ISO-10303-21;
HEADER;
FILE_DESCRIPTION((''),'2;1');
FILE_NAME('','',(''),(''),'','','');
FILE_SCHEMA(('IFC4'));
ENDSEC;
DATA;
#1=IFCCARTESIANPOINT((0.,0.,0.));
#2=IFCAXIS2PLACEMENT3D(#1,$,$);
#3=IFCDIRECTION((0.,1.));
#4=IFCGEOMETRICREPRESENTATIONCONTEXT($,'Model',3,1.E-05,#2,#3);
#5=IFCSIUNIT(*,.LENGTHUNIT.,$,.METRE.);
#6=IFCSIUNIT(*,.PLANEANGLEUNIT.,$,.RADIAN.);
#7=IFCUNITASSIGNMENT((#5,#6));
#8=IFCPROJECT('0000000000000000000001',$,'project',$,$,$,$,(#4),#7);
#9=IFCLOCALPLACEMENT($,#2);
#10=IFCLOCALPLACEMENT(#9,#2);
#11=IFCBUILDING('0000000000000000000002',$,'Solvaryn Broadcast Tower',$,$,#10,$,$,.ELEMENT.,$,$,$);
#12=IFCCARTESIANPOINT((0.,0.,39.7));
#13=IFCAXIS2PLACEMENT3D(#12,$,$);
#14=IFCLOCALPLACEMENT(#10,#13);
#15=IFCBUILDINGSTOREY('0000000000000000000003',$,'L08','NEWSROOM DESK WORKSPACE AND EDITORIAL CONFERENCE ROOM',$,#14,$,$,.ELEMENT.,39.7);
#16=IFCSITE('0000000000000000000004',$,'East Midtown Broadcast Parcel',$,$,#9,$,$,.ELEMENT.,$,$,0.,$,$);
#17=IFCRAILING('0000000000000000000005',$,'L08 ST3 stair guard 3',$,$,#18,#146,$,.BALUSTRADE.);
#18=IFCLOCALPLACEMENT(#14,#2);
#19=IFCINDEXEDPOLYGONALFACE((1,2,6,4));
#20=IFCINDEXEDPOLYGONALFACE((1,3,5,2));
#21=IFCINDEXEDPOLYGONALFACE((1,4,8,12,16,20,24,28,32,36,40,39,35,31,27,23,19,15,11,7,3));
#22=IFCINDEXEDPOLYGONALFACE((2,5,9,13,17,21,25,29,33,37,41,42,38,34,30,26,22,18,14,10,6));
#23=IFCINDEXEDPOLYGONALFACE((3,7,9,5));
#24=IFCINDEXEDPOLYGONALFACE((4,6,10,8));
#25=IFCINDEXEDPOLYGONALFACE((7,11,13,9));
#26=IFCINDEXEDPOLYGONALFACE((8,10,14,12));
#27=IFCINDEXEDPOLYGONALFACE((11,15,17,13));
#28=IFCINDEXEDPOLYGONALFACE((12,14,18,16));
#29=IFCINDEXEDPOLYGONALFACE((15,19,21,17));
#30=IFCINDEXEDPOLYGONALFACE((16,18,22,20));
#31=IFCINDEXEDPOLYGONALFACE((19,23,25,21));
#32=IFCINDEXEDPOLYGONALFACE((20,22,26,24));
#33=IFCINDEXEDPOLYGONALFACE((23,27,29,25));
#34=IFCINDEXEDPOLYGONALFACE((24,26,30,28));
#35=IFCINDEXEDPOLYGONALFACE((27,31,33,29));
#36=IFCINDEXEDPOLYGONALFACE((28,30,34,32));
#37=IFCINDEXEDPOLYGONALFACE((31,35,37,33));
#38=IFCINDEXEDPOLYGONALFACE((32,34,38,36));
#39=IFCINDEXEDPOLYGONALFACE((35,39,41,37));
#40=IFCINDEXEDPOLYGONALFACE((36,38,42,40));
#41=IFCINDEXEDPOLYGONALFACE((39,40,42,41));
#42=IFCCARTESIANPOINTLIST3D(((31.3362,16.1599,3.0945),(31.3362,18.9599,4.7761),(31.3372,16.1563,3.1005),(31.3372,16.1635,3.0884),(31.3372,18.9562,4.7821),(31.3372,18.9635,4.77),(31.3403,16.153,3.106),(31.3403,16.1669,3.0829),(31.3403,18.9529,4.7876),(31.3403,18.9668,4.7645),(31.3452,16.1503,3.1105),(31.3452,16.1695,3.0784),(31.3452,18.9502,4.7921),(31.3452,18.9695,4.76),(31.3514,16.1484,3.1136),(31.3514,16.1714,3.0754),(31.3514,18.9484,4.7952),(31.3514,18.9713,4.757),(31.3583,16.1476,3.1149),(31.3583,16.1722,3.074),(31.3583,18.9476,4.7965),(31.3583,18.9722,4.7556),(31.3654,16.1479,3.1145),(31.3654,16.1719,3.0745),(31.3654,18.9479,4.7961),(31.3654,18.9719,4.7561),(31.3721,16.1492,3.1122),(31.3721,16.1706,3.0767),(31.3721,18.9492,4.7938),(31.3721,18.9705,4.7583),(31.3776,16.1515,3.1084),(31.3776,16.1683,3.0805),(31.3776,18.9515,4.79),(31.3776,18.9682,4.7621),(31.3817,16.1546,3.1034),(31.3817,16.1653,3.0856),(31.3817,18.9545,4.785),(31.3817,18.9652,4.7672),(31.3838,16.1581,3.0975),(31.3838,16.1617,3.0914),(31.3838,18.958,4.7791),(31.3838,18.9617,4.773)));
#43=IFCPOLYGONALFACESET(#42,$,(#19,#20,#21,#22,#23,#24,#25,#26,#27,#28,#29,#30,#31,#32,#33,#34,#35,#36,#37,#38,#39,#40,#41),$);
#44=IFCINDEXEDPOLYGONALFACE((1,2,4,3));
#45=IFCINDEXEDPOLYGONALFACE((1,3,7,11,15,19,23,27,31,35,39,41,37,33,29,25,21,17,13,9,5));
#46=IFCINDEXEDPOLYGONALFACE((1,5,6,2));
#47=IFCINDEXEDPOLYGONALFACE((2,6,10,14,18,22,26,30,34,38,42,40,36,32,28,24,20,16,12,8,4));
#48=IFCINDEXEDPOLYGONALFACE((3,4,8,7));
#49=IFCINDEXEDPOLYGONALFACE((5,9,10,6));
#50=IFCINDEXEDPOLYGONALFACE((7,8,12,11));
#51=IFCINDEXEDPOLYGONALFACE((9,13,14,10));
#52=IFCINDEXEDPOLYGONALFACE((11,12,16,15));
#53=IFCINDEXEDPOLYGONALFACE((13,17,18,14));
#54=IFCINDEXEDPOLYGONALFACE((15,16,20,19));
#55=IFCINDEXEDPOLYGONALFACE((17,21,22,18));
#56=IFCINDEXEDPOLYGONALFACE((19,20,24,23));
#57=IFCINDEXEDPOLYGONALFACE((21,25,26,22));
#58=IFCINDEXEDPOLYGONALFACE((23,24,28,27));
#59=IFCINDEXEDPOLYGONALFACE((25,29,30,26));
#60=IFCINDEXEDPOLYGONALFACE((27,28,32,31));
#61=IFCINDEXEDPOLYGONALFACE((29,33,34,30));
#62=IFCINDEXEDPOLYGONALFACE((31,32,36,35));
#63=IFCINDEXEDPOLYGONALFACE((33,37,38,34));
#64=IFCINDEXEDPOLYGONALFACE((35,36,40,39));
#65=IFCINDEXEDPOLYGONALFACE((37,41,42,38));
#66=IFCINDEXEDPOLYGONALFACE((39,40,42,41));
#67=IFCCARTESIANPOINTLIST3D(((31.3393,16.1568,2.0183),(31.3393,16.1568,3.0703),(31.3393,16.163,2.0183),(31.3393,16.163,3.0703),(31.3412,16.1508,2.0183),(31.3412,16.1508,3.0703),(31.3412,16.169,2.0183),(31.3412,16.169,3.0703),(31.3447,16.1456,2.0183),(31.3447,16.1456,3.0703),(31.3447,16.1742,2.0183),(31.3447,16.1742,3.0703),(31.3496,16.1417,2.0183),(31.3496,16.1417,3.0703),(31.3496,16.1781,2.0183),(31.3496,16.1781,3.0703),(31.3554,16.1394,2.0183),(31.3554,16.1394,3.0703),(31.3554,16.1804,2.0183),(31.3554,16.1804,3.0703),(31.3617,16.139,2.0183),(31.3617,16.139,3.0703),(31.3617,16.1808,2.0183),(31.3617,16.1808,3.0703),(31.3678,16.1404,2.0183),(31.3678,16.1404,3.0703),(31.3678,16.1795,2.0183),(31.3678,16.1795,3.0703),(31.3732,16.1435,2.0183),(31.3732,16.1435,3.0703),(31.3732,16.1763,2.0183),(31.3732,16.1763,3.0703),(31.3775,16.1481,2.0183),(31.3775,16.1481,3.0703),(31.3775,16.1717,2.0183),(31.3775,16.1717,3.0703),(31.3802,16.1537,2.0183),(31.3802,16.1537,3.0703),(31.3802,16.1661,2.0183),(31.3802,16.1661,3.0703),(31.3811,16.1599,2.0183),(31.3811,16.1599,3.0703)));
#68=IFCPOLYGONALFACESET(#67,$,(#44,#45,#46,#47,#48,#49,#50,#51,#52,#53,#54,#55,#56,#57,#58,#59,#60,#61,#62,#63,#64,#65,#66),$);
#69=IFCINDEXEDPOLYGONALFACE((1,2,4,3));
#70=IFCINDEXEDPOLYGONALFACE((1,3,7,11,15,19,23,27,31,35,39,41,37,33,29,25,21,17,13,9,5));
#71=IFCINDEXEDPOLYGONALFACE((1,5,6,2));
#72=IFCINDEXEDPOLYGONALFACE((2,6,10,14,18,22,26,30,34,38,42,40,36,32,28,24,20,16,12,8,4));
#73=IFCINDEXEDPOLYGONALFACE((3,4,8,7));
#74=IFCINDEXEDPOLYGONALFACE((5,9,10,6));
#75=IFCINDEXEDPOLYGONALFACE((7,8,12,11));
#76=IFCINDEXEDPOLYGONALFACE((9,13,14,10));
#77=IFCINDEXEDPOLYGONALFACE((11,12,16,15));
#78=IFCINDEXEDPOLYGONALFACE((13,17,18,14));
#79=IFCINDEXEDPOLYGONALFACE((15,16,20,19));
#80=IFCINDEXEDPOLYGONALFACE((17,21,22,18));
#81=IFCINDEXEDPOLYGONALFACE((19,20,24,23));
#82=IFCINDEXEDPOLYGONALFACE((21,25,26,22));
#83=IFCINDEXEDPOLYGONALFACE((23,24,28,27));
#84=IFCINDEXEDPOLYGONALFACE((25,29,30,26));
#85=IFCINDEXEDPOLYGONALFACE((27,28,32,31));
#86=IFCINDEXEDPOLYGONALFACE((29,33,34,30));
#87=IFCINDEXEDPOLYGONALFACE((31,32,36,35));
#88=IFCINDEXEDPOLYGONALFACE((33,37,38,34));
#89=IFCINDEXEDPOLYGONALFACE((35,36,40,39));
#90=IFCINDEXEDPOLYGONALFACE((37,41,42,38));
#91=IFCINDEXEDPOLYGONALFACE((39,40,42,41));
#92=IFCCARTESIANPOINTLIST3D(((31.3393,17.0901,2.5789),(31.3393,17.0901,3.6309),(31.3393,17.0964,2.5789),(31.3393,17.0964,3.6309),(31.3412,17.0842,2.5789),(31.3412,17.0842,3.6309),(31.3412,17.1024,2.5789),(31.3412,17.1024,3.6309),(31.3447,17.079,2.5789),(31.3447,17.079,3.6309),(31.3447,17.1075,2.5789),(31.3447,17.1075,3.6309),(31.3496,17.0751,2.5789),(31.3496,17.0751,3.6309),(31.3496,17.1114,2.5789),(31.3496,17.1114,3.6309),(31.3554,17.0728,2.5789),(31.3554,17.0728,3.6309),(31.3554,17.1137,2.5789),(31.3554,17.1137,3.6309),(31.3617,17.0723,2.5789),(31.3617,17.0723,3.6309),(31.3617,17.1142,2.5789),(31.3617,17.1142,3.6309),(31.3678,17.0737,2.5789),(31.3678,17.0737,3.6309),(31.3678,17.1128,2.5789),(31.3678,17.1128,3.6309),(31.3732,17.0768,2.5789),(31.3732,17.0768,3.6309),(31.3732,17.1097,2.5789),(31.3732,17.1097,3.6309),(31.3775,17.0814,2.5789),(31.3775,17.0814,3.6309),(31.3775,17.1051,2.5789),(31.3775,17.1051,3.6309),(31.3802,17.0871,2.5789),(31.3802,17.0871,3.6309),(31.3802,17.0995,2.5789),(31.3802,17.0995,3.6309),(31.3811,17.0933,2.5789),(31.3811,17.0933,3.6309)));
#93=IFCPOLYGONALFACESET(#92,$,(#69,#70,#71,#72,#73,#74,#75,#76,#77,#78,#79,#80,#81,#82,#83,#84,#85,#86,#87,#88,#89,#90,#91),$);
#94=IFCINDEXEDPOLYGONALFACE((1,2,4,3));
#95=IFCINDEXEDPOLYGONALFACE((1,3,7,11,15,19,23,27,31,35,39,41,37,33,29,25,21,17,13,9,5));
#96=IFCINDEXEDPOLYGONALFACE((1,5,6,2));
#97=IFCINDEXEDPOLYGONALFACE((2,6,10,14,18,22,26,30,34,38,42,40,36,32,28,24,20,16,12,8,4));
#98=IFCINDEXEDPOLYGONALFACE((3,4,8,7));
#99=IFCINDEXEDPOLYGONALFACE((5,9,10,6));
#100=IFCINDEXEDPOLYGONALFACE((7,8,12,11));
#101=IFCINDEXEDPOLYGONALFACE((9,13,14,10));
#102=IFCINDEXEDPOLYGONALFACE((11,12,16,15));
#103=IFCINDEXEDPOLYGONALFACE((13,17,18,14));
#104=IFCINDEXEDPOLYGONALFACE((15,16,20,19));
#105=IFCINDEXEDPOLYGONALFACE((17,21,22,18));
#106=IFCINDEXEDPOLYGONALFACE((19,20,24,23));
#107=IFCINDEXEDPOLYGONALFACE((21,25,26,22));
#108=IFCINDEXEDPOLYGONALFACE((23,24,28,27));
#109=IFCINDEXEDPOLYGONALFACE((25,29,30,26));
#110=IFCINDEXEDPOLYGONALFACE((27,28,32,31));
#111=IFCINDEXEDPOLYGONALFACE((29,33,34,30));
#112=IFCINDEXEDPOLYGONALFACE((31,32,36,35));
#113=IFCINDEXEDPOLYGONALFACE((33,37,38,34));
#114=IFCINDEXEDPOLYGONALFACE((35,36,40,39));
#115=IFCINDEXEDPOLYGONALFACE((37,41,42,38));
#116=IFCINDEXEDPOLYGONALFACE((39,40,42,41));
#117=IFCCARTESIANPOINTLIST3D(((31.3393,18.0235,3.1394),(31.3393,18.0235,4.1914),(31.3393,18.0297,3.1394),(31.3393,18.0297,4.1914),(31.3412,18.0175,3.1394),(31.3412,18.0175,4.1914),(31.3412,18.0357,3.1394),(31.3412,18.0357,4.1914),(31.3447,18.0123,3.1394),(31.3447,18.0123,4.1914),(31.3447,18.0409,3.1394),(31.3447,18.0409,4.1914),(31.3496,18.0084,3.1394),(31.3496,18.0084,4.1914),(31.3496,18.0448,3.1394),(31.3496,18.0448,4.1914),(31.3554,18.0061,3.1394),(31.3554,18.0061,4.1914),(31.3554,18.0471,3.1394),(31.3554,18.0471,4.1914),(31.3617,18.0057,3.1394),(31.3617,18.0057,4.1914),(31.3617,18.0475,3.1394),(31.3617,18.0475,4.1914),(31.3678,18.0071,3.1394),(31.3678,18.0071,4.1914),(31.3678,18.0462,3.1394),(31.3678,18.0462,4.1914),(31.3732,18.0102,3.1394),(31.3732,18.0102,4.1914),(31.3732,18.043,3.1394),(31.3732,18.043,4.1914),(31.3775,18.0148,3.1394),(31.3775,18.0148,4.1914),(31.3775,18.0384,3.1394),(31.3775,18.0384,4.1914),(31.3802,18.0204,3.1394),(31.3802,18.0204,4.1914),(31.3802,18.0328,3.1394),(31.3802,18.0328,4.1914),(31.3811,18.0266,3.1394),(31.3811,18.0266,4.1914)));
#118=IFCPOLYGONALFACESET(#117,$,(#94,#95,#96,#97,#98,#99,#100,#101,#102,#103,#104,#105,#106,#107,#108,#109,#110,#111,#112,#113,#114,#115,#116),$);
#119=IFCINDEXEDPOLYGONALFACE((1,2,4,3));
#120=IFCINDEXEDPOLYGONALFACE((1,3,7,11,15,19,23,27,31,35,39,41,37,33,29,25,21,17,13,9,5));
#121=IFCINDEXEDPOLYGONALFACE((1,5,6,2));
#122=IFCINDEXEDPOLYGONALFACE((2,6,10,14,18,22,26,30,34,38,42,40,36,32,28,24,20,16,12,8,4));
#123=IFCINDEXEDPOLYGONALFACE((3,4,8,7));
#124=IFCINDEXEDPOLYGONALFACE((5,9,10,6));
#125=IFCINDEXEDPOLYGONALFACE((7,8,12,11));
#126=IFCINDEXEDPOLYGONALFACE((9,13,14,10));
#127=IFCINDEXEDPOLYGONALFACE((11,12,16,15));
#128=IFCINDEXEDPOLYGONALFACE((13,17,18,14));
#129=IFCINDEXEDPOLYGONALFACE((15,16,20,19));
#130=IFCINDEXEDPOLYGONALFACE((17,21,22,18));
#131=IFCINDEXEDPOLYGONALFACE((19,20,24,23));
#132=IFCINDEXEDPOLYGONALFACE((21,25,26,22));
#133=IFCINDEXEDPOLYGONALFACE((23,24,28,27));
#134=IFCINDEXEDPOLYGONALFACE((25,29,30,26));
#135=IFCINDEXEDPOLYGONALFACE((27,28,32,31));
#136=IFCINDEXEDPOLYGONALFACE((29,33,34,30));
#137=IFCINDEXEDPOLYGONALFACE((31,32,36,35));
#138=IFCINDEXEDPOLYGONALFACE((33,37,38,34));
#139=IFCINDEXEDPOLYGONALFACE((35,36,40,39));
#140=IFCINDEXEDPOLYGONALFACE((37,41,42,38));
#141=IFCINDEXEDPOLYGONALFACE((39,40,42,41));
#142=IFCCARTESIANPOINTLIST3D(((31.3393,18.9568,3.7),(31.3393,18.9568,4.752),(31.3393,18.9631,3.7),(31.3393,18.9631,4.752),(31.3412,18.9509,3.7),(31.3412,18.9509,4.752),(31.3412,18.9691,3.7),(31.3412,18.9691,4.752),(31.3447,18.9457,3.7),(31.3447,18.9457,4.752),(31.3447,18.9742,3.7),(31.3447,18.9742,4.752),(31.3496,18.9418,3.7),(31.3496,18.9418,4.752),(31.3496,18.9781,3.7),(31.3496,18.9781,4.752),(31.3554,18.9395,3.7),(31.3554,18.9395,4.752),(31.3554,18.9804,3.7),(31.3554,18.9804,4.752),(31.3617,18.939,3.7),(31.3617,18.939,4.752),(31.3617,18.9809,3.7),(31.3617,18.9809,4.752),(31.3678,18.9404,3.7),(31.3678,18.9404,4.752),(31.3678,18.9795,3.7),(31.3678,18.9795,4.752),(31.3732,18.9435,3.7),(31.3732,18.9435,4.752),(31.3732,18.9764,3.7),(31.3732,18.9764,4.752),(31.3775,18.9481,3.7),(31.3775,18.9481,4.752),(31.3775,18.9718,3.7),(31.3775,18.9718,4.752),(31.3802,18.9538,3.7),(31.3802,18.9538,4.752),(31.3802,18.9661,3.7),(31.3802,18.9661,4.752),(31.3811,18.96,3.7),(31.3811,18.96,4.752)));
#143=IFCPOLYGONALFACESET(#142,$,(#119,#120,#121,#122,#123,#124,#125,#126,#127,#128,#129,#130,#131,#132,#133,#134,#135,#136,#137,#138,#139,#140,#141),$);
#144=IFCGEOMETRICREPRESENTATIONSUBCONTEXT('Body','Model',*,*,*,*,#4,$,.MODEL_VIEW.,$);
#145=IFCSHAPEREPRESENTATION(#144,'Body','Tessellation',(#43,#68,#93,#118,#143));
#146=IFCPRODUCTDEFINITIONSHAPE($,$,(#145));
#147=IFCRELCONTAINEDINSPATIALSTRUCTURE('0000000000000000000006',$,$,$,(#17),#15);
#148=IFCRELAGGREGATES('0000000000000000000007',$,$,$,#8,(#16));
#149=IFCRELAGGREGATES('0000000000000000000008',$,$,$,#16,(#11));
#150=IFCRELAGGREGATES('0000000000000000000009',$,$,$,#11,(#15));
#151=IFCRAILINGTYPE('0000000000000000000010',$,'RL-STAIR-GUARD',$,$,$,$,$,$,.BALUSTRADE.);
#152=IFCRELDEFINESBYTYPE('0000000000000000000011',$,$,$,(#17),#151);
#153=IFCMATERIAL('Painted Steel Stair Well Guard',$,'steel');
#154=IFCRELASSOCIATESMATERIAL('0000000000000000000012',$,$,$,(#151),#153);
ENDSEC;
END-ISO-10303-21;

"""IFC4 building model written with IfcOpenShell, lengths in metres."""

from ifc_helpers import new_model, si_unit, direction, frame, origin, origin_2d, place, context, subcontext, project, spatial, circle, extrude, material, type_object, element, save


model = new_model("IFC4")

# Units and contexts
model_context = context("Model", 3, precision=1e-05, world=origin(), true_north=direction((0.0, 1.0)))
body_context = subcontext(model_context, "Body", "Model", "MODEL_VIEW")
ifc_project = project(units=[si_unit("LENGTHUNIT", "METRE"), si_unit("PLANEANGLEUNIT", "RADIAN")], contexts=[model_context])

# Site, building, storey
site_placement = place(None, origin())
site = spatial("IfcSite", under=ifc_project, at=site_placement, Name="East Midtown Broadcast Parcel", CompositionType="ELEMENT", RefElevation=0.0)
building_placement = place(site_placement, origin())
building = spatial("IfcBuilding", under=site, at=building_placement, Name="Solvaryn Broadcast Tower", CompositionType="ELEMENT")
storey_placement = place(building_placement, frame((0.0, 0.0, 39.7)))
storey = spatial("IfcBuildingStorey", under=building, at=storey_placement, Name="L08", Description="NEWSROOM DESK WORKSPACE AND EDITORIAL CONFERENCE ROOM", CompositionType="ELEMENT", Elevation=39.7)

# Railing
ifc_material_1 = material(Name="Painted Steel Stair Well Guard", Category="steel")
railing_type_1 = type_object("IfcRailingType", Name="RL-STAIR-GUARD", PredefinedType="BALUSTRADE", material=ifc_material_1)
railing_1_placement = place(storey_placement, frame((31.3601, 16.1599, 2.0183)))
element("IfcRailing", 1, at=railing_1_placement, inside=storey, type_object=railing_type_1, Name="L08 ST3 stair guard 3", PredefinedType="BALUSTRADE", context=body_context, shape_type="SweptSolid", body=[
    extrude(circle(Radius=0.0239, at=origin_2d()), frame((0.0, 0.0, 1.0762), z_axis=(0.0, 0.857275, 0.514858), x_axis=(-1.0, 0.0, 0.0)), (0.0, 0.0, 1.0), 3.2661),
    extrude(circle(Radius=0.021, at=origin_2d()), origin(), (0.0, 0.0, 1.0), 1.052),
    extrude(circle(Radius=0.021, at=origin_2d()), frame((0.0, 0.9333, 0.5605)), (0.0, 0.0, 1.0), 1.052),
    extrude(circle(Radius=0.021, at=origin_2d()), frame((0.0, 1.8667, 1.1211)), (0.0, 0.0, 1.0), 1.052),
    extrude(circle(Radius=0.021, at=origin_2d()), frame((0.0, 2.8, 1.6816)), (0.0, 0.0, 1.0), 1.052),
])

save(model, "model.ifc")
